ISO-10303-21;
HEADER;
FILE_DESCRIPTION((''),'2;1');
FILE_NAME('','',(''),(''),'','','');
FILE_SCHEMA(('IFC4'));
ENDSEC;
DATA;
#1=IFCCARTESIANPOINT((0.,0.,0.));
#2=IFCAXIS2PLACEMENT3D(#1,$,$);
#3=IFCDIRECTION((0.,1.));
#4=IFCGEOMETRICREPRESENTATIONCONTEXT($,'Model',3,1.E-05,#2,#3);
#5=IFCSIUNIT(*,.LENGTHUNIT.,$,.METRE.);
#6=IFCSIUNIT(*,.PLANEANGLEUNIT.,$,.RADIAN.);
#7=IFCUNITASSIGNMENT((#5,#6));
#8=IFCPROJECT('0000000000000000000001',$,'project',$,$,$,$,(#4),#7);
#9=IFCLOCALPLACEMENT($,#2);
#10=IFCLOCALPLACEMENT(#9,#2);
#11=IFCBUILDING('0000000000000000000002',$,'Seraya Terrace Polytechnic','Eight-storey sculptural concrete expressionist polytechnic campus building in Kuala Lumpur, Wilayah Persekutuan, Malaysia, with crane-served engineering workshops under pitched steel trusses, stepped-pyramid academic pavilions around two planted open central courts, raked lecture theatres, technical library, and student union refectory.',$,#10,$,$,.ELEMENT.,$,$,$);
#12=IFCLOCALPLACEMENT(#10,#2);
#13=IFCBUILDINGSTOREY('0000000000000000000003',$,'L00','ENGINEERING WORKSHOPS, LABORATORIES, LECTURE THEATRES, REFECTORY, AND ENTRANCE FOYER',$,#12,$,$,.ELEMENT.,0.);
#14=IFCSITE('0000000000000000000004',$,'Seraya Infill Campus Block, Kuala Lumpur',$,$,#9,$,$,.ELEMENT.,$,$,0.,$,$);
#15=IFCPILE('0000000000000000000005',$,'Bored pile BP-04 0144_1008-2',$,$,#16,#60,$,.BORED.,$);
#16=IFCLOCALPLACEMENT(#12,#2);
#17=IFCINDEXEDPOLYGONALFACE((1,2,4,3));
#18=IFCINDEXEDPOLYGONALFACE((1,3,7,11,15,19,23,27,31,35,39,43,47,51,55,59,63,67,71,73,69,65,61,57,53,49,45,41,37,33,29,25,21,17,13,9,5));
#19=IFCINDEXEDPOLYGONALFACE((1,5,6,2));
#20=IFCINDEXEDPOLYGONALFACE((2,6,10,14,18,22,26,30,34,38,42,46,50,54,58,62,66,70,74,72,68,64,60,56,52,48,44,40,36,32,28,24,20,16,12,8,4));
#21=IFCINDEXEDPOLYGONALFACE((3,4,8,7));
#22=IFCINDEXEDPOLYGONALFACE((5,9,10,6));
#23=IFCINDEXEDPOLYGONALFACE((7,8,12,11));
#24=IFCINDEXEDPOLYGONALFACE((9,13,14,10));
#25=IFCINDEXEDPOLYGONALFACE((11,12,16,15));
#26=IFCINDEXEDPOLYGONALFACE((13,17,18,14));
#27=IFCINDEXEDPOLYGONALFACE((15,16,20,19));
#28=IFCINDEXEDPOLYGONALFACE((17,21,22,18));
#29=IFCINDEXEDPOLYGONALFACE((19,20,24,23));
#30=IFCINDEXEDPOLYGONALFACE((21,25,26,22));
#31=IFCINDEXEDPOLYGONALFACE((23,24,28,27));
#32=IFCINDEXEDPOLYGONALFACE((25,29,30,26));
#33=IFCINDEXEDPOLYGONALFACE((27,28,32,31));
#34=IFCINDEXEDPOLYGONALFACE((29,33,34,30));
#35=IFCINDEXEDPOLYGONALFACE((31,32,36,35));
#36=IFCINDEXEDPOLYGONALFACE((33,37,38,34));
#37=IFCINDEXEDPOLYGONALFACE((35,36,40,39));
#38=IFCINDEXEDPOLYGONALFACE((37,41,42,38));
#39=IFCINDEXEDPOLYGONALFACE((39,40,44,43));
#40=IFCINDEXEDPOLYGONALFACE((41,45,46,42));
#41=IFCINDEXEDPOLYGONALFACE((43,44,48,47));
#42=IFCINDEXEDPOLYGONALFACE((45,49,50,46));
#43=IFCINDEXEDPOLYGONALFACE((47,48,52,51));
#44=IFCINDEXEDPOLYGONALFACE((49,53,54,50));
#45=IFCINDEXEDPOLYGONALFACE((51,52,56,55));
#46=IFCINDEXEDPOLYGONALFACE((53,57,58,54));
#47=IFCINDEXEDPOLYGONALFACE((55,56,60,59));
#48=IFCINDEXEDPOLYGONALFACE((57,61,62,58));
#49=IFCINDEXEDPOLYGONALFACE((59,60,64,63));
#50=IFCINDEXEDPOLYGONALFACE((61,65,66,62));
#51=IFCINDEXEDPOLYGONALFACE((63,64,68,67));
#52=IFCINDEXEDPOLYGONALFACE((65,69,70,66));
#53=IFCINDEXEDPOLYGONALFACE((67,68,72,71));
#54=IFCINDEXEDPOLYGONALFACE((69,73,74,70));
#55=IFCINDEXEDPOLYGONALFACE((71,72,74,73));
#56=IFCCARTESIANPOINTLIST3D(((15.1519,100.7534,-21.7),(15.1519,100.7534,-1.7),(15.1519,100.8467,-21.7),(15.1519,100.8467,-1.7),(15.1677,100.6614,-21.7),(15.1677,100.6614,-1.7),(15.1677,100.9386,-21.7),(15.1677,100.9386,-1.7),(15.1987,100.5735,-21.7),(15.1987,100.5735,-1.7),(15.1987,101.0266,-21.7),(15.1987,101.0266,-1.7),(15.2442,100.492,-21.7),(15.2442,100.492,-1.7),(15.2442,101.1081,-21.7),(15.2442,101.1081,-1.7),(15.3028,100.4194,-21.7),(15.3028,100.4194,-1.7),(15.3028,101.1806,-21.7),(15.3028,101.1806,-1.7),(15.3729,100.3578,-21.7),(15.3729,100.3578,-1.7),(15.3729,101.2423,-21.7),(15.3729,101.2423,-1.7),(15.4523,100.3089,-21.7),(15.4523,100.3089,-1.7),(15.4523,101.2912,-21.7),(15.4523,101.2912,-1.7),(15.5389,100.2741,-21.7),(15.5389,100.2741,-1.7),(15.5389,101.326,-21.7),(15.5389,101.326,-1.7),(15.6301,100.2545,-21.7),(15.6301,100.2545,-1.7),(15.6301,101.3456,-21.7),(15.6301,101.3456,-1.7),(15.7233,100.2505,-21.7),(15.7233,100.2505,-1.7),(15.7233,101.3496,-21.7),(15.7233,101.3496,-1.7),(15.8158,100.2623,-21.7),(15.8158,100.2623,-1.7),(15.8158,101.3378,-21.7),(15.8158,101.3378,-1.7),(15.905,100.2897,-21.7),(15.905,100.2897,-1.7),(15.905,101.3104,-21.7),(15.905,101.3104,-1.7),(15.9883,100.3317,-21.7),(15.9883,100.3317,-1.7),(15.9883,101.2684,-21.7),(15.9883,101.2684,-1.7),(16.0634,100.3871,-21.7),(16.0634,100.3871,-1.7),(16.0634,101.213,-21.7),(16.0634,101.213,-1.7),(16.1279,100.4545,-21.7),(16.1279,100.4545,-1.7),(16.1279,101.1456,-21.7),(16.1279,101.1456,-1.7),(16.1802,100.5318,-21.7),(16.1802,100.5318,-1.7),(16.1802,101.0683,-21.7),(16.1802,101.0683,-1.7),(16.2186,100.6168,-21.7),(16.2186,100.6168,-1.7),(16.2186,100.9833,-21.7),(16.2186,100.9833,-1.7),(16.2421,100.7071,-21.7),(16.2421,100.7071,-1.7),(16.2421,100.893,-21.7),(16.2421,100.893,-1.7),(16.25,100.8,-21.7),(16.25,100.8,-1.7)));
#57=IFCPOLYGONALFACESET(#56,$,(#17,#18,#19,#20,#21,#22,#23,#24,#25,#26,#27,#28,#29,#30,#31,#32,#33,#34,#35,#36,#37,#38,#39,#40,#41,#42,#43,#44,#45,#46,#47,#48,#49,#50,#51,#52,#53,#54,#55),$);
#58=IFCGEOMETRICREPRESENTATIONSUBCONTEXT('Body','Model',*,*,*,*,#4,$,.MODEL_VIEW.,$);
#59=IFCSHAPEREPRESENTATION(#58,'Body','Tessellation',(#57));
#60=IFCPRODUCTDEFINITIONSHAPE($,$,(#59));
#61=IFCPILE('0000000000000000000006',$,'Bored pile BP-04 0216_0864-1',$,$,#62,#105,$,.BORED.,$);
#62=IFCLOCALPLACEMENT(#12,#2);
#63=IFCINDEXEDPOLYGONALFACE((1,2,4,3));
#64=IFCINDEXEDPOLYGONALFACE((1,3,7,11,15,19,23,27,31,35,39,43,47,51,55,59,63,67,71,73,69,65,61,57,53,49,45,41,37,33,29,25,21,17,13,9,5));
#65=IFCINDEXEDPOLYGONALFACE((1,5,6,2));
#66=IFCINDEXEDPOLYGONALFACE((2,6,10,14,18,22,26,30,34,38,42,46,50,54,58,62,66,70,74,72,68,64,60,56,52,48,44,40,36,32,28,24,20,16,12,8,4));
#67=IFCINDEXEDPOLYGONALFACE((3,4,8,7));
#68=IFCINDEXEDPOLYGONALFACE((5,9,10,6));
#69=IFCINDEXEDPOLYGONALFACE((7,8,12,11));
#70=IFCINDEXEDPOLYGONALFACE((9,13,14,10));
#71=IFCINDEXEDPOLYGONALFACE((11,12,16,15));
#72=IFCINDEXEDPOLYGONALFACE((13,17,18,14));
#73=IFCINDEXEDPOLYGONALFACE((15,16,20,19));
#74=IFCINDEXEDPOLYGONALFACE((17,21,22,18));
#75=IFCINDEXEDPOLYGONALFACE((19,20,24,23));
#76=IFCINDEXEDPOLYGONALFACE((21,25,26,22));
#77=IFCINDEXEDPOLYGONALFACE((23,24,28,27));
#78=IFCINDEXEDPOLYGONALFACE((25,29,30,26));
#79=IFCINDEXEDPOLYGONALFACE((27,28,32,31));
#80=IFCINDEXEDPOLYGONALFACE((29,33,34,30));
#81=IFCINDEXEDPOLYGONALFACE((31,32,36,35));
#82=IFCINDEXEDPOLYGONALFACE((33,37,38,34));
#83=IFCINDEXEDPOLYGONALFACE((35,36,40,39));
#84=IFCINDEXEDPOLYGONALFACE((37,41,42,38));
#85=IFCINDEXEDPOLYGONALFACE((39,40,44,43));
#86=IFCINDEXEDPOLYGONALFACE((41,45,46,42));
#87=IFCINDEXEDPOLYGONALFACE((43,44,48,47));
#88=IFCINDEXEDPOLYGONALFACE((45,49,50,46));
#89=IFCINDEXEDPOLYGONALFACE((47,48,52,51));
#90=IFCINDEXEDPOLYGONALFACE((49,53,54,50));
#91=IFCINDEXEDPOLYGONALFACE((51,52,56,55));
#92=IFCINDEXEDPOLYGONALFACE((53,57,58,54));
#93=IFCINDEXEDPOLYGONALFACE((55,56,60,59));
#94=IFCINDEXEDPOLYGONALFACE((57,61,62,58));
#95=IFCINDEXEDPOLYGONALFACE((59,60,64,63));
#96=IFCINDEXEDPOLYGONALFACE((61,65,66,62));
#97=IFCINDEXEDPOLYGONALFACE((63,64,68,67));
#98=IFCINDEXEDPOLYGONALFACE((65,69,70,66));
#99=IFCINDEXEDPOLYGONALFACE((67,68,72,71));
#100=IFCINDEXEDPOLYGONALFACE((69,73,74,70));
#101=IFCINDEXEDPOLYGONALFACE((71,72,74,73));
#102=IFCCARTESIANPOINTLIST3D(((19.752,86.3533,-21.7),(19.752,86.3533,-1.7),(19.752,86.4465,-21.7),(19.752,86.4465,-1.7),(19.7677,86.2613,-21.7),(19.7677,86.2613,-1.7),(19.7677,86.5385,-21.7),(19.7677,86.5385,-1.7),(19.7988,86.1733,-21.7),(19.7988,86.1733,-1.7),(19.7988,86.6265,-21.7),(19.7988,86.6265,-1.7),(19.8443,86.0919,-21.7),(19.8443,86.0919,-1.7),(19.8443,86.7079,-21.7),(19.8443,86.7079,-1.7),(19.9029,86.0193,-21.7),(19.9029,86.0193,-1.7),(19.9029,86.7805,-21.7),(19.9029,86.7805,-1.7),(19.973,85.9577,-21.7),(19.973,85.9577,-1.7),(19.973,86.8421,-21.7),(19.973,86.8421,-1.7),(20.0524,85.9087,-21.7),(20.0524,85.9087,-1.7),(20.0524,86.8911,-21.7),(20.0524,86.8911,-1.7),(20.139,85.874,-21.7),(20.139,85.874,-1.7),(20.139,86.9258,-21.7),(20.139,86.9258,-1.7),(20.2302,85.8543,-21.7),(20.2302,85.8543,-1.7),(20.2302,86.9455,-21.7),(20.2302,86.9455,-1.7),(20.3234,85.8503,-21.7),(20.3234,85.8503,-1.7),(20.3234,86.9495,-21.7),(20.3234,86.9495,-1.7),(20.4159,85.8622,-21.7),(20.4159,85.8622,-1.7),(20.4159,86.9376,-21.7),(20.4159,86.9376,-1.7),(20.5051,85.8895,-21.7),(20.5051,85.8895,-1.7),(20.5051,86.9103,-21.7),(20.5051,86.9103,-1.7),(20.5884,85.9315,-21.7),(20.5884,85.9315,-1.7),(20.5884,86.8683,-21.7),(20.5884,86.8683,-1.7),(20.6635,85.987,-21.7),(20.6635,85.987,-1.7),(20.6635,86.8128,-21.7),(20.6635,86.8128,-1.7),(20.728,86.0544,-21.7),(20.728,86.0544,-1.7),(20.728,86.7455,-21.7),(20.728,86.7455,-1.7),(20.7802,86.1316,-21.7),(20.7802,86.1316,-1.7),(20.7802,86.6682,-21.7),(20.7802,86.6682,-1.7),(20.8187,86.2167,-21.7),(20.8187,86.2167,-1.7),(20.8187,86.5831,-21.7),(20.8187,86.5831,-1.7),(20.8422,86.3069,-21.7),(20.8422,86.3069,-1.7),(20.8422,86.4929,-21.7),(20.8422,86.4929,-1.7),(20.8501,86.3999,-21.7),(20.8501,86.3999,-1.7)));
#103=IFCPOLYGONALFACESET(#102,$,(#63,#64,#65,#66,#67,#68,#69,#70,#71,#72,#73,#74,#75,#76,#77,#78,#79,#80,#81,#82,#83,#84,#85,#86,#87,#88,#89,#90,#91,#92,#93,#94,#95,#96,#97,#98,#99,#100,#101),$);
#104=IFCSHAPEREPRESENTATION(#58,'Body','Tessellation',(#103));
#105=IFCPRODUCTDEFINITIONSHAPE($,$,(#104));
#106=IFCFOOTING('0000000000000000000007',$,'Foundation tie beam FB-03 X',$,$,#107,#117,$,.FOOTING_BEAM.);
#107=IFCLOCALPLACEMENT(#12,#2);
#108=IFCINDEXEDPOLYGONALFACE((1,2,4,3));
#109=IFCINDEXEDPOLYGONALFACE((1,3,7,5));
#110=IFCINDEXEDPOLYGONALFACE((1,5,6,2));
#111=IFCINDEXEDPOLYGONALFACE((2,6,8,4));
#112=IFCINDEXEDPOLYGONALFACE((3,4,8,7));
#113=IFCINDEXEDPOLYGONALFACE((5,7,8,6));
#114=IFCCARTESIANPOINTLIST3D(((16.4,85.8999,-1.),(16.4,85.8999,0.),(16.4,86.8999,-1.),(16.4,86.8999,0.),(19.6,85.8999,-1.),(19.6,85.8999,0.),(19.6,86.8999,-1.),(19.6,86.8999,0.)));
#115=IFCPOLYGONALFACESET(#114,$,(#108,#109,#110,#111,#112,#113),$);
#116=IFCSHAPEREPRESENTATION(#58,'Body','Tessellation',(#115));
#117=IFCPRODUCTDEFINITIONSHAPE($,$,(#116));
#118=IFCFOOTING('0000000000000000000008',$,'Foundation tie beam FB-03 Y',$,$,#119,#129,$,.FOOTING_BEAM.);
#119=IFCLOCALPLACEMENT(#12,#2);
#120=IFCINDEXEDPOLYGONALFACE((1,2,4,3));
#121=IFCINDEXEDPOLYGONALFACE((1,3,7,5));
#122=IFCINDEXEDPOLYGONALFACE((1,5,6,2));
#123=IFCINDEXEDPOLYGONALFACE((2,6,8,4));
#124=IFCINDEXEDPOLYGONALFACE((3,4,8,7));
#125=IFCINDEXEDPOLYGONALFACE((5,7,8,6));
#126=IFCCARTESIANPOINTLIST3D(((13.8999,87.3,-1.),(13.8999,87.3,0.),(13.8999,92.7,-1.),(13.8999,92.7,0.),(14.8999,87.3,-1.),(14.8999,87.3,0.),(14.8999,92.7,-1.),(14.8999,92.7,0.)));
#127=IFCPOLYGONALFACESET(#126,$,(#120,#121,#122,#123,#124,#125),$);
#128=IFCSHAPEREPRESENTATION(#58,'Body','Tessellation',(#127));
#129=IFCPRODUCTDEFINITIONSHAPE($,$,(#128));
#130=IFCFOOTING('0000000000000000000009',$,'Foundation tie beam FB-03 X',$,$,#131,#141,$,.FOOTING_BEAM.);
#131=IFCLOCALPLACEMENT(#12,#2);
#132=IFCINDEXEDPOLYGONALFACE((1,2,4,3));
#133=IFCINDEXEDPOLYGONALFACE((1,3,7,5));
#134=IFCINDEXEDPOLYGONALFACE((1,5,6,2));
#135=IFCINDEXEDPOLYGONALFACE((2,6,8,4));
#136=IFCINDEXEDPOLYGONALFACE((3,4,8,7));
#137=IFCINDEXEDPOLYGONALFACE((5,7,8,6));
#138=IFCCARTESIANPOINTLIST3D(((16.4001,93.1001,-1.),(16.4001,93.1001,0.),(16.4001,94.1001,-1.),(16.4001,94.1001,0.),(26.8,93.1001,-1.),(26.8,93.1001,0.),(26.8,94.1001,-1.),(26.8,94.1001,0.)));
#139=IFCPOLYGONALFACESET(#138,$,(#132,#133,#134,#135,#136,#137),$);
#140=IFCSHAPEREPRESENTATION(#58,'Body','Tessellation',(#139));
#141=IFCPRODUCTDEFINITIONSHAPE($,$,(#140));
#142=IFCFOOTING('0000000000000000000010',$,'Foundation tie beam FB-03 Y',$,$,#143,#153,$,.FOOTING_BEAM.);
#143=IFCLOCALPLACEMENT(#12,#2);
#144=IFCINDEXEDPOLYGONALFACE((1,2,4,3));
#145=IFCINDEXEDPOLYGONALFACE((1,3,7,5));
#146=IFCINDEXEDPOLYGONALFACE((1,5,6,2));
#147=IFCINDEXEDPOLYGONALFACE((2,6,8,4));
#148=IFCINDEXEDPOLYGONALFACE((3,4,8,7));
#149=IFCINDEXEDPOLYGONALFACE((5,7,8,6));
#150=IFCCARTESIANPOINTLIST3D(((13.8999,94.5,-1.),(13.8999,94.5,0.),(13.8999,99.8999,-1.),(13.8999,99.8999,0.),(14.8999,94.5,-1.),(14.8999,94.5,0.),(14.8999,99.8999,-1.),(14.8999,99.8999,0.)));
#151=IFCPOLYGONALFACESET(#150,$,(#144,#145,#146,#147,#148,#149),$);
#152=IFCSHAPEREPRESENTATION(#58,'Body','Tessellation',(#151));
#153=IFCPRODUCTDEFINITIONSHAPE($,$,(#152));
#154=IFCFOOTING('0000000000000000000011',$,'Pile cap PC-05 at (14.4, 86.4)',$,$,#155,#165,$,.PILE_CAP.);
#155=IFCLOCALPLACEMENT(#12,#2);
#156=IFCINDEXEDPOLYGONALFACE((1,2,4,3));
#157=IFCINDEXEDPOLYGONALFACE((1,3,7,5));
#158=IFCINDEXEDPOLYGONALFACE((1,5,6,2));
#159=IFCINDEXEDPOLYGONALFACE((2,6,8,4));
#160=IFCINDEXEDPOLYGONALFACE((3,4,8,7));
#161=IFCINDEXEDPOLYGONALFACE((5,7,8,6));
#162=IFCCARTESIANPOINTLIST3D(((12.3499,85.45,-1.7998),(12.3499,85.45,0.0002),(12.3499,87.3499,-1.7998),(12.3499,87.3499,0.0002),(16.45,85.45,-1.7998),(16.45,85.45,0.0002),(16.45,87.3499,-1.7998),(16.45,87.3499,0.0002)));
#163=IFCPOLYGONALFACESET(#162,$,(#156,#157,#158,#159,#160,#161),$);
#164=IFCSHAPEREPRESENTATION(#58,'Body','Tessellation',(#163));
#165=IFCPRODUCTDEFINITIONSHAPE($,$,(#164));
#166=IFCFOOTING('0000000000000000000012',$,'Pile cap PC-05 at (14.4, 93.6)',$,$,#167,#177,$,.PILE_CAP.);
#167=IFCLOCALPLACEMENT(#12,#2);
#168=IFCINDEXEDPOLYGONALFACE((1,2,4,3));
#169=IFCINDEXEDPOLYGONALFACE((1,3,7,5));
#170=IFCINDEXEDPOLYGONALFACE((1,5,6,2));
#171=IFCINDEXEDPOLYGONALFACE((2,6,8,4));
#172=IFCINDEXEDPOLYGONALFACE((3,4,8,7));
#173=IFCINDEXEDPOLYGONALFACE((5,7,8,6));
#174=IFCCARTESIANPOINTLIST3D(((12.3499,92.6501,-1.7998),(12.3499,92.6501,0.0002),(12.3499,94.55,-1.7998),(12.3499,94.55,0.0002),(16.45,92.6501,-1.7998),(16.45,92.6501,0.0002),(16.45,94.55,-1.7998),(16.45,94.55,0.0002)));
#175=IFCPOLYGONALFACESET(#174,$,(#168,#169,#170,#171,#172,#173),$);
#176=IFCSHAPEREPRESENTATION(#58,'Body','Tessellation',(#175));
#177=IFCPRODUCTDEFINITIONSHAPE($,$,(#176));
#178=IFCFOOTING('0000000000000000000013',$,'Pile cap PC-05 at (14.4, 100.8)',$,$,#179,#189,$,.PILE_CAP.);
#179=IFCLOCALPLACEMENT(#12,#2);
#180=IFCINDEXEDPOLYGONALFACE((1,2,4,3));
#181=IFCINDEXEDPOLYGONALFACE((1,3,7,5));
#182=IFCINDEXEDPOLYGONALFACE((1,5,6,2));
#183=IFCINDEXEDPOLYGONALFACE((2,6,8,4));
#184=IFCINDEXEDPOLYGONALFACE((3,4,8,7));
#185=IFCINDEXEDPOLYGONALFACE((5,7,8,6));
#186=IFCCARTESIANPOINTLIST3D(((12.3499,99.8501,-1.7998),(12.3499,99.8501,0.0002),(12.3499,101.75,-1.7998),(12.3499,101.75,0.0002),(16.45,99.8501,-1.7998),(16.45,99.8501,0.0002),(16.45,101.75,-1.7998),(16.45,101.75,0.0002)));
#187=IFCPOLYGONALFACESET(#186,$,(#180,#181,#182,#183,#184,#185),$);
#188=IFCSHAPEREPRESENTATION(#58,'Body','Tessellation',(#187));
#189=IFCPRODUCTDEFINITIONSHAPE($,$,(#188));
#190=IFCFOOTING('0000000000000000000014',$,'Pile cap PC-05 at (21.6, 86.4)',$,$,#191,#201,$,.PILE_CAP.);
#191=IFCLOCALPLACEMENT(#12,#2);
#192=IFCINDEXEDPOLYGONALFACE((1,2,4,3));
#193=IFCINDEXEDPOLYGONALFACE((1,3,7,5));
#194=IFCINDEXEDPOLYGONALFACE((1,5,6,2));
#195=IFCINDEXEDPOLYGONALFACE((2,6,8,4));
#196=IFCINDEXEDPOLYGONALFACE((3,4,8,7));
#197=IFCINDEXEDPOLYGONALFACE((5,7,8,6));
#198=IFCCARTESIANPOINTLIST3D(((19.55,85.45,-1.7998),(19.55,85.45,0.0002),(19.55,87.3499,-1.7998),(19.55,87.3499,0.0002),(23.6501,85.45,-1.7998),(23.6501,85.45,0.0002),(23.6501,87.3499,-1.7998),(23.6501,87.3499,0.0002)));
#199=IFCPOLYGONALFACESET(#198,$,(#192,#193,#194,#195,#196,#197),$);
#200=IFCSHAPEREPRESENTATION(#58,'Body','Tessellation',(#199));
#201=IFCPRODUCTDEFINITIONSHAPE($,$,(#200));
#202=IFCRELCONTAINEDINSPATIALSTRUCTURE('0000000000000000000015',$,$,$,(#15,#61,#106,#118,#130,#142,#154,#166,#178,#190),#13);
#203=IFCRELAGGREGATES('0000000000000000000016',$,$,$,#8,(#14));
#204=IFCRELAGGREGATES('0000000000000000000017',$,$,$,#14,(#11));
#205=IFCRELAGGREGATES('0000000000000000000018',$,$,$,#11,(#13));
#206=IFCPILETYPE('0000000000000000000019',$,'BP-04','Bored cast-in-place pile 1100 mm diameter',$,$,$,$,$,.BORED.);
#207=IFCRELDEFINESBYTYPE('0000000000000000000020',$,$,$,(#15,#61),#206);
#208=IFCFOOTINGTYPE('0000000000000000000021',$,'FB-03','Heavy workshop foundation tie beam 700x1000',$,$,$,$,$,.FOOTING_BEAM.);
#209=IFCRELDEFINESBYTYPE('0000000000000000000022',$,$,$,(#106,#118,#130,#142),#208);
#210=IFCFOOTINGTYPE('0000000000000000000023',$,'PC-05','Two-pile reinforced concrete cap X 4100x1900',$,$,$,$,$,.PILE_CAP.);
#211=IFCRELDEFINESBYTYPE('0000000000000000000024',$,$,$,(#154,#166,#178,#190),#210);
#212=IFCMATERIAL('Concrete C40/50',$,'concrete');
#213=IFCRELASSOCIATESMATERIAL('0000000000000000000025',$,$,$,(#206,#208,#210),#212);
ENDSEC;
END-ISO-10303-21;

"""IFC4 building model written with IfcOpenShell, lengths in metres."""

from ifc_helpers import new_model, si_unit, direction, frame, origin, origin_2d, place, context, subcontext, project, spatial, rectangle, circle, extrude, material, material_profile, profile_set, type_object, element, save


model = new_model("IFC4")

# Units and contexts
model_context = context("Model", 3, precision=1e-05, world=origin(), true_north=direction((0.0, 1.0)))
body_context = subcontext(model_context, "Body", "Model", "MODEL_VIEW")
ifc_project = project(units=[si_unit("LENGTHUNIT", "METRE"), si_unit("PLANEANGLEUNIT", "RADIAN")], contexts=[model_context])

# Site, building, storey
site_placement = place(None, origin())
site = spatial("IfcSite", under=ifc_project, at=site_placement, Name="Seraya Infill Campus Block, Kuala Lumpur", CompositionType="ELEMENT", RefElevation=0.0)
building_placement = place(site_placement, origin())
building = spatial("IfcBuilding", under=site, at=building_placement, Name="Seraya Terrace Polytechnic", Description="Eight-storey sculptural concrete expressionist polytechnic campus building in Kuala Lumpur, Wilayah Persekutuan, Malaysia, with crane-served engineering workshops under pitched steel trusses, stepped-pyramid academic pavilions around two planted open central courts, raked lecture theatres, technical library, and student union refectory.", CompositionType="ELEMENT")
storey_placement = place(building_placement, origin())
storey = spatial("IfcBuildingStorey", under=building, at=storey_placement, Name="L00", Description="ENGINEERING WORKSHOPS, LABORATORIES, LECTURE THEATRES, REFECTORY, AND ENTRANCE FOYER", CompositionType="ELEMENT", Elevation=0.0)

# Piles
ifc_material_1 = material(Name="Concrete C40/50", Category="concrete")
ifc_material_profile_1 = material_profile(ifc_material_1, circle(Radius=0.55, at=origin_2d()), Name="DIA 1100")
ifc_profile_set_1 = profile_set([ifc_material_profile_1], Name="Concrete C40/50")
pile_type = type_object("IfcPileType", Name="BP-04", Description="Bored cast-in-place pile 1100 mm diameter", PredefinedType="BORED", material=ifc_profile_set_1)
for number, where, z_axis, x_axis, name in (
    (1, (15.7, 100.8, -1.7), (0.0, 0.0, -1.0), (1.0, 0.0, 0.0), "Bored pile BP-04 0144_1008-2"),
    (2, (20.3, 86.3999, -1.7), (0.0, 0.0, -1.0), (1.0, 0.0, 0.0), "Bored pile BP-04 0216_0864-1"),
):
    element("IfcPile", number, at=place(storey_placement, frame(where, z_axis=z_axis, x_axis=x_axis)), inside=storey, type_object=pile_type, Name=name, PredefinedType="BORED", context=body_context, shape_type="SweptSolid", body=[
        extrude(circle(Radius=0.55, at=origin_2d()), origin(), (0.0, 0.0, 1.0), 20.0),
    ])

# Footings
footing_type_1 = type_object("IfcFootingType", Name="FB-03", Description="Heavy workshop foundation tie beam 700x1000", PredefinedType="FOOTING_BEAM", material=ifc_material_1)
footing_1_placement = place(storey_placement, frame((18.0, 86.3999, -1.0), z_axis=(0.0, 0.0, 1.0), x_axis=(1.0, 0.0, 0.0)))
element("IfcFooting", 3, at=footing_1_placement, inside=storey, type_object=footing_type_1, Name="Foundation tie beam FB-03 X", PredefinedType="FOOTING_BEAM", context=body_context, shape_type="SweptSolid", body=[
    extrude(rectangle(XDim=3.2, YDim=1.0, at=origin_2d()), origin(), (0.0, 0.0, 1.0), 1.0),
])
footing_2_placement = place(storey_placement, frame((14.3999, 90.0, -1.0), z_axis=(0.0, 0.0, 1.0), x_axis=(0.0, 1.0, 0.0)))
element("IfcFooting", 4, at=footing_2_placement, inside=storey, type_object=footing_type_1, Name="Foundation tie beam FB-03 Y", PredefinedType="FOOTING_BEAM", context=body_context, shape_type="SweptSolid", body=[
    extrude(rectangle(XDim=5.3999, YDim=1.0, at=origin_2d()), origin(), (0.0, 0.0, 1.0), 1.0),
])
footing_3_placement = place(storey_placement, frame((21.6001, 93.6001, -1.0), z_axis=(0.0, 0.0, 1.0), x_axis=(1.0, 0.0, 0.0)))
element("IfcFooting", 5, at=footing_3_placement, inside=storey, type_object=footing_type_1, Name="Foundation tie beam FB-03 X", PredefinedType="FOOTING_BEAM", context=body_context, shape_type="SweptSolid", body=[
    extrude(rectangle(XDim=10.3999, YDim=1.0, at=origin_2d()), origin(), (0.0, 0.0, 1.0), 1.0),
])
footing_4_placement = place(storey_placement, frame((14.3999, 97.2, -1.0), z_axis=(0.0, 0.0, 1.0), x_axis=(0.0, 1.0, 0.0)))
element("IfcFooting", 6, at=footing_4_placement, inside=storey, type_object=footing_type_1, Name="Foundation tie beam FB-03 Y", PredefinedType="FOOTING_BEAM", context=body_context, shape_type="SweptSolid", body=[
    extrude(rectangle(XDim=5.3999, YDim=1.0, at=origin_2d()), origin(), (0.0, 0.0, 1.0), 1.0),
])
footing_type_2 = type_object("IfcFootingType", Name="PC-05", Description="Two-pile reinforced concrete cap X 4100x1900", PredefinedType="PILE_CAP", material=ifc_material_1)
for number, where, z_axis, x_axis, name in (
    (7, (14.3999, 86.3999, -1.7998), (0.0, 0.0, 1.0), (1.0, 0.0, 0.0), "Pile cap PC-05 at (14.4, 86.4)"),
    (8, (14.3999, 93.6001, -1.7998), (0.0, 0.0, 1.0), (1.0, 0.0, 0.0), "Pile cap PC-05 at (14.4, 93.6)"),
    (9, (14.3999, 100.8, -1.7998), (0.0, 0.0, 1.0), (1.0, 0.0, 0.0), "Pile cap PC-05 at (14.4, 100.8)"),
    (10, (21.6001, 86.3999, -1.7998), (0.0, 0.0, 1.0), (1.0, 0.0, 0.0), "Pile cap PC-05 at (21.6, 86.4)"),
):
    element("IfcFooting", number, at=place(storey_placement, frame(where, z_axis=z_axis, x_axis=x_axis)), inside=storey, type_object=footing_type_2, Name=name, PredefinedType="PILE_CAP", context=body_context, shape_type="SweptSolid", body=[
        extrude(rectangle(XDim=4.1001, YDim=1.8999, at=origin_2d()), origin(), (0.0, 0.0, 1.0), 1.8),
    ])

save(model, "model.ifc")
